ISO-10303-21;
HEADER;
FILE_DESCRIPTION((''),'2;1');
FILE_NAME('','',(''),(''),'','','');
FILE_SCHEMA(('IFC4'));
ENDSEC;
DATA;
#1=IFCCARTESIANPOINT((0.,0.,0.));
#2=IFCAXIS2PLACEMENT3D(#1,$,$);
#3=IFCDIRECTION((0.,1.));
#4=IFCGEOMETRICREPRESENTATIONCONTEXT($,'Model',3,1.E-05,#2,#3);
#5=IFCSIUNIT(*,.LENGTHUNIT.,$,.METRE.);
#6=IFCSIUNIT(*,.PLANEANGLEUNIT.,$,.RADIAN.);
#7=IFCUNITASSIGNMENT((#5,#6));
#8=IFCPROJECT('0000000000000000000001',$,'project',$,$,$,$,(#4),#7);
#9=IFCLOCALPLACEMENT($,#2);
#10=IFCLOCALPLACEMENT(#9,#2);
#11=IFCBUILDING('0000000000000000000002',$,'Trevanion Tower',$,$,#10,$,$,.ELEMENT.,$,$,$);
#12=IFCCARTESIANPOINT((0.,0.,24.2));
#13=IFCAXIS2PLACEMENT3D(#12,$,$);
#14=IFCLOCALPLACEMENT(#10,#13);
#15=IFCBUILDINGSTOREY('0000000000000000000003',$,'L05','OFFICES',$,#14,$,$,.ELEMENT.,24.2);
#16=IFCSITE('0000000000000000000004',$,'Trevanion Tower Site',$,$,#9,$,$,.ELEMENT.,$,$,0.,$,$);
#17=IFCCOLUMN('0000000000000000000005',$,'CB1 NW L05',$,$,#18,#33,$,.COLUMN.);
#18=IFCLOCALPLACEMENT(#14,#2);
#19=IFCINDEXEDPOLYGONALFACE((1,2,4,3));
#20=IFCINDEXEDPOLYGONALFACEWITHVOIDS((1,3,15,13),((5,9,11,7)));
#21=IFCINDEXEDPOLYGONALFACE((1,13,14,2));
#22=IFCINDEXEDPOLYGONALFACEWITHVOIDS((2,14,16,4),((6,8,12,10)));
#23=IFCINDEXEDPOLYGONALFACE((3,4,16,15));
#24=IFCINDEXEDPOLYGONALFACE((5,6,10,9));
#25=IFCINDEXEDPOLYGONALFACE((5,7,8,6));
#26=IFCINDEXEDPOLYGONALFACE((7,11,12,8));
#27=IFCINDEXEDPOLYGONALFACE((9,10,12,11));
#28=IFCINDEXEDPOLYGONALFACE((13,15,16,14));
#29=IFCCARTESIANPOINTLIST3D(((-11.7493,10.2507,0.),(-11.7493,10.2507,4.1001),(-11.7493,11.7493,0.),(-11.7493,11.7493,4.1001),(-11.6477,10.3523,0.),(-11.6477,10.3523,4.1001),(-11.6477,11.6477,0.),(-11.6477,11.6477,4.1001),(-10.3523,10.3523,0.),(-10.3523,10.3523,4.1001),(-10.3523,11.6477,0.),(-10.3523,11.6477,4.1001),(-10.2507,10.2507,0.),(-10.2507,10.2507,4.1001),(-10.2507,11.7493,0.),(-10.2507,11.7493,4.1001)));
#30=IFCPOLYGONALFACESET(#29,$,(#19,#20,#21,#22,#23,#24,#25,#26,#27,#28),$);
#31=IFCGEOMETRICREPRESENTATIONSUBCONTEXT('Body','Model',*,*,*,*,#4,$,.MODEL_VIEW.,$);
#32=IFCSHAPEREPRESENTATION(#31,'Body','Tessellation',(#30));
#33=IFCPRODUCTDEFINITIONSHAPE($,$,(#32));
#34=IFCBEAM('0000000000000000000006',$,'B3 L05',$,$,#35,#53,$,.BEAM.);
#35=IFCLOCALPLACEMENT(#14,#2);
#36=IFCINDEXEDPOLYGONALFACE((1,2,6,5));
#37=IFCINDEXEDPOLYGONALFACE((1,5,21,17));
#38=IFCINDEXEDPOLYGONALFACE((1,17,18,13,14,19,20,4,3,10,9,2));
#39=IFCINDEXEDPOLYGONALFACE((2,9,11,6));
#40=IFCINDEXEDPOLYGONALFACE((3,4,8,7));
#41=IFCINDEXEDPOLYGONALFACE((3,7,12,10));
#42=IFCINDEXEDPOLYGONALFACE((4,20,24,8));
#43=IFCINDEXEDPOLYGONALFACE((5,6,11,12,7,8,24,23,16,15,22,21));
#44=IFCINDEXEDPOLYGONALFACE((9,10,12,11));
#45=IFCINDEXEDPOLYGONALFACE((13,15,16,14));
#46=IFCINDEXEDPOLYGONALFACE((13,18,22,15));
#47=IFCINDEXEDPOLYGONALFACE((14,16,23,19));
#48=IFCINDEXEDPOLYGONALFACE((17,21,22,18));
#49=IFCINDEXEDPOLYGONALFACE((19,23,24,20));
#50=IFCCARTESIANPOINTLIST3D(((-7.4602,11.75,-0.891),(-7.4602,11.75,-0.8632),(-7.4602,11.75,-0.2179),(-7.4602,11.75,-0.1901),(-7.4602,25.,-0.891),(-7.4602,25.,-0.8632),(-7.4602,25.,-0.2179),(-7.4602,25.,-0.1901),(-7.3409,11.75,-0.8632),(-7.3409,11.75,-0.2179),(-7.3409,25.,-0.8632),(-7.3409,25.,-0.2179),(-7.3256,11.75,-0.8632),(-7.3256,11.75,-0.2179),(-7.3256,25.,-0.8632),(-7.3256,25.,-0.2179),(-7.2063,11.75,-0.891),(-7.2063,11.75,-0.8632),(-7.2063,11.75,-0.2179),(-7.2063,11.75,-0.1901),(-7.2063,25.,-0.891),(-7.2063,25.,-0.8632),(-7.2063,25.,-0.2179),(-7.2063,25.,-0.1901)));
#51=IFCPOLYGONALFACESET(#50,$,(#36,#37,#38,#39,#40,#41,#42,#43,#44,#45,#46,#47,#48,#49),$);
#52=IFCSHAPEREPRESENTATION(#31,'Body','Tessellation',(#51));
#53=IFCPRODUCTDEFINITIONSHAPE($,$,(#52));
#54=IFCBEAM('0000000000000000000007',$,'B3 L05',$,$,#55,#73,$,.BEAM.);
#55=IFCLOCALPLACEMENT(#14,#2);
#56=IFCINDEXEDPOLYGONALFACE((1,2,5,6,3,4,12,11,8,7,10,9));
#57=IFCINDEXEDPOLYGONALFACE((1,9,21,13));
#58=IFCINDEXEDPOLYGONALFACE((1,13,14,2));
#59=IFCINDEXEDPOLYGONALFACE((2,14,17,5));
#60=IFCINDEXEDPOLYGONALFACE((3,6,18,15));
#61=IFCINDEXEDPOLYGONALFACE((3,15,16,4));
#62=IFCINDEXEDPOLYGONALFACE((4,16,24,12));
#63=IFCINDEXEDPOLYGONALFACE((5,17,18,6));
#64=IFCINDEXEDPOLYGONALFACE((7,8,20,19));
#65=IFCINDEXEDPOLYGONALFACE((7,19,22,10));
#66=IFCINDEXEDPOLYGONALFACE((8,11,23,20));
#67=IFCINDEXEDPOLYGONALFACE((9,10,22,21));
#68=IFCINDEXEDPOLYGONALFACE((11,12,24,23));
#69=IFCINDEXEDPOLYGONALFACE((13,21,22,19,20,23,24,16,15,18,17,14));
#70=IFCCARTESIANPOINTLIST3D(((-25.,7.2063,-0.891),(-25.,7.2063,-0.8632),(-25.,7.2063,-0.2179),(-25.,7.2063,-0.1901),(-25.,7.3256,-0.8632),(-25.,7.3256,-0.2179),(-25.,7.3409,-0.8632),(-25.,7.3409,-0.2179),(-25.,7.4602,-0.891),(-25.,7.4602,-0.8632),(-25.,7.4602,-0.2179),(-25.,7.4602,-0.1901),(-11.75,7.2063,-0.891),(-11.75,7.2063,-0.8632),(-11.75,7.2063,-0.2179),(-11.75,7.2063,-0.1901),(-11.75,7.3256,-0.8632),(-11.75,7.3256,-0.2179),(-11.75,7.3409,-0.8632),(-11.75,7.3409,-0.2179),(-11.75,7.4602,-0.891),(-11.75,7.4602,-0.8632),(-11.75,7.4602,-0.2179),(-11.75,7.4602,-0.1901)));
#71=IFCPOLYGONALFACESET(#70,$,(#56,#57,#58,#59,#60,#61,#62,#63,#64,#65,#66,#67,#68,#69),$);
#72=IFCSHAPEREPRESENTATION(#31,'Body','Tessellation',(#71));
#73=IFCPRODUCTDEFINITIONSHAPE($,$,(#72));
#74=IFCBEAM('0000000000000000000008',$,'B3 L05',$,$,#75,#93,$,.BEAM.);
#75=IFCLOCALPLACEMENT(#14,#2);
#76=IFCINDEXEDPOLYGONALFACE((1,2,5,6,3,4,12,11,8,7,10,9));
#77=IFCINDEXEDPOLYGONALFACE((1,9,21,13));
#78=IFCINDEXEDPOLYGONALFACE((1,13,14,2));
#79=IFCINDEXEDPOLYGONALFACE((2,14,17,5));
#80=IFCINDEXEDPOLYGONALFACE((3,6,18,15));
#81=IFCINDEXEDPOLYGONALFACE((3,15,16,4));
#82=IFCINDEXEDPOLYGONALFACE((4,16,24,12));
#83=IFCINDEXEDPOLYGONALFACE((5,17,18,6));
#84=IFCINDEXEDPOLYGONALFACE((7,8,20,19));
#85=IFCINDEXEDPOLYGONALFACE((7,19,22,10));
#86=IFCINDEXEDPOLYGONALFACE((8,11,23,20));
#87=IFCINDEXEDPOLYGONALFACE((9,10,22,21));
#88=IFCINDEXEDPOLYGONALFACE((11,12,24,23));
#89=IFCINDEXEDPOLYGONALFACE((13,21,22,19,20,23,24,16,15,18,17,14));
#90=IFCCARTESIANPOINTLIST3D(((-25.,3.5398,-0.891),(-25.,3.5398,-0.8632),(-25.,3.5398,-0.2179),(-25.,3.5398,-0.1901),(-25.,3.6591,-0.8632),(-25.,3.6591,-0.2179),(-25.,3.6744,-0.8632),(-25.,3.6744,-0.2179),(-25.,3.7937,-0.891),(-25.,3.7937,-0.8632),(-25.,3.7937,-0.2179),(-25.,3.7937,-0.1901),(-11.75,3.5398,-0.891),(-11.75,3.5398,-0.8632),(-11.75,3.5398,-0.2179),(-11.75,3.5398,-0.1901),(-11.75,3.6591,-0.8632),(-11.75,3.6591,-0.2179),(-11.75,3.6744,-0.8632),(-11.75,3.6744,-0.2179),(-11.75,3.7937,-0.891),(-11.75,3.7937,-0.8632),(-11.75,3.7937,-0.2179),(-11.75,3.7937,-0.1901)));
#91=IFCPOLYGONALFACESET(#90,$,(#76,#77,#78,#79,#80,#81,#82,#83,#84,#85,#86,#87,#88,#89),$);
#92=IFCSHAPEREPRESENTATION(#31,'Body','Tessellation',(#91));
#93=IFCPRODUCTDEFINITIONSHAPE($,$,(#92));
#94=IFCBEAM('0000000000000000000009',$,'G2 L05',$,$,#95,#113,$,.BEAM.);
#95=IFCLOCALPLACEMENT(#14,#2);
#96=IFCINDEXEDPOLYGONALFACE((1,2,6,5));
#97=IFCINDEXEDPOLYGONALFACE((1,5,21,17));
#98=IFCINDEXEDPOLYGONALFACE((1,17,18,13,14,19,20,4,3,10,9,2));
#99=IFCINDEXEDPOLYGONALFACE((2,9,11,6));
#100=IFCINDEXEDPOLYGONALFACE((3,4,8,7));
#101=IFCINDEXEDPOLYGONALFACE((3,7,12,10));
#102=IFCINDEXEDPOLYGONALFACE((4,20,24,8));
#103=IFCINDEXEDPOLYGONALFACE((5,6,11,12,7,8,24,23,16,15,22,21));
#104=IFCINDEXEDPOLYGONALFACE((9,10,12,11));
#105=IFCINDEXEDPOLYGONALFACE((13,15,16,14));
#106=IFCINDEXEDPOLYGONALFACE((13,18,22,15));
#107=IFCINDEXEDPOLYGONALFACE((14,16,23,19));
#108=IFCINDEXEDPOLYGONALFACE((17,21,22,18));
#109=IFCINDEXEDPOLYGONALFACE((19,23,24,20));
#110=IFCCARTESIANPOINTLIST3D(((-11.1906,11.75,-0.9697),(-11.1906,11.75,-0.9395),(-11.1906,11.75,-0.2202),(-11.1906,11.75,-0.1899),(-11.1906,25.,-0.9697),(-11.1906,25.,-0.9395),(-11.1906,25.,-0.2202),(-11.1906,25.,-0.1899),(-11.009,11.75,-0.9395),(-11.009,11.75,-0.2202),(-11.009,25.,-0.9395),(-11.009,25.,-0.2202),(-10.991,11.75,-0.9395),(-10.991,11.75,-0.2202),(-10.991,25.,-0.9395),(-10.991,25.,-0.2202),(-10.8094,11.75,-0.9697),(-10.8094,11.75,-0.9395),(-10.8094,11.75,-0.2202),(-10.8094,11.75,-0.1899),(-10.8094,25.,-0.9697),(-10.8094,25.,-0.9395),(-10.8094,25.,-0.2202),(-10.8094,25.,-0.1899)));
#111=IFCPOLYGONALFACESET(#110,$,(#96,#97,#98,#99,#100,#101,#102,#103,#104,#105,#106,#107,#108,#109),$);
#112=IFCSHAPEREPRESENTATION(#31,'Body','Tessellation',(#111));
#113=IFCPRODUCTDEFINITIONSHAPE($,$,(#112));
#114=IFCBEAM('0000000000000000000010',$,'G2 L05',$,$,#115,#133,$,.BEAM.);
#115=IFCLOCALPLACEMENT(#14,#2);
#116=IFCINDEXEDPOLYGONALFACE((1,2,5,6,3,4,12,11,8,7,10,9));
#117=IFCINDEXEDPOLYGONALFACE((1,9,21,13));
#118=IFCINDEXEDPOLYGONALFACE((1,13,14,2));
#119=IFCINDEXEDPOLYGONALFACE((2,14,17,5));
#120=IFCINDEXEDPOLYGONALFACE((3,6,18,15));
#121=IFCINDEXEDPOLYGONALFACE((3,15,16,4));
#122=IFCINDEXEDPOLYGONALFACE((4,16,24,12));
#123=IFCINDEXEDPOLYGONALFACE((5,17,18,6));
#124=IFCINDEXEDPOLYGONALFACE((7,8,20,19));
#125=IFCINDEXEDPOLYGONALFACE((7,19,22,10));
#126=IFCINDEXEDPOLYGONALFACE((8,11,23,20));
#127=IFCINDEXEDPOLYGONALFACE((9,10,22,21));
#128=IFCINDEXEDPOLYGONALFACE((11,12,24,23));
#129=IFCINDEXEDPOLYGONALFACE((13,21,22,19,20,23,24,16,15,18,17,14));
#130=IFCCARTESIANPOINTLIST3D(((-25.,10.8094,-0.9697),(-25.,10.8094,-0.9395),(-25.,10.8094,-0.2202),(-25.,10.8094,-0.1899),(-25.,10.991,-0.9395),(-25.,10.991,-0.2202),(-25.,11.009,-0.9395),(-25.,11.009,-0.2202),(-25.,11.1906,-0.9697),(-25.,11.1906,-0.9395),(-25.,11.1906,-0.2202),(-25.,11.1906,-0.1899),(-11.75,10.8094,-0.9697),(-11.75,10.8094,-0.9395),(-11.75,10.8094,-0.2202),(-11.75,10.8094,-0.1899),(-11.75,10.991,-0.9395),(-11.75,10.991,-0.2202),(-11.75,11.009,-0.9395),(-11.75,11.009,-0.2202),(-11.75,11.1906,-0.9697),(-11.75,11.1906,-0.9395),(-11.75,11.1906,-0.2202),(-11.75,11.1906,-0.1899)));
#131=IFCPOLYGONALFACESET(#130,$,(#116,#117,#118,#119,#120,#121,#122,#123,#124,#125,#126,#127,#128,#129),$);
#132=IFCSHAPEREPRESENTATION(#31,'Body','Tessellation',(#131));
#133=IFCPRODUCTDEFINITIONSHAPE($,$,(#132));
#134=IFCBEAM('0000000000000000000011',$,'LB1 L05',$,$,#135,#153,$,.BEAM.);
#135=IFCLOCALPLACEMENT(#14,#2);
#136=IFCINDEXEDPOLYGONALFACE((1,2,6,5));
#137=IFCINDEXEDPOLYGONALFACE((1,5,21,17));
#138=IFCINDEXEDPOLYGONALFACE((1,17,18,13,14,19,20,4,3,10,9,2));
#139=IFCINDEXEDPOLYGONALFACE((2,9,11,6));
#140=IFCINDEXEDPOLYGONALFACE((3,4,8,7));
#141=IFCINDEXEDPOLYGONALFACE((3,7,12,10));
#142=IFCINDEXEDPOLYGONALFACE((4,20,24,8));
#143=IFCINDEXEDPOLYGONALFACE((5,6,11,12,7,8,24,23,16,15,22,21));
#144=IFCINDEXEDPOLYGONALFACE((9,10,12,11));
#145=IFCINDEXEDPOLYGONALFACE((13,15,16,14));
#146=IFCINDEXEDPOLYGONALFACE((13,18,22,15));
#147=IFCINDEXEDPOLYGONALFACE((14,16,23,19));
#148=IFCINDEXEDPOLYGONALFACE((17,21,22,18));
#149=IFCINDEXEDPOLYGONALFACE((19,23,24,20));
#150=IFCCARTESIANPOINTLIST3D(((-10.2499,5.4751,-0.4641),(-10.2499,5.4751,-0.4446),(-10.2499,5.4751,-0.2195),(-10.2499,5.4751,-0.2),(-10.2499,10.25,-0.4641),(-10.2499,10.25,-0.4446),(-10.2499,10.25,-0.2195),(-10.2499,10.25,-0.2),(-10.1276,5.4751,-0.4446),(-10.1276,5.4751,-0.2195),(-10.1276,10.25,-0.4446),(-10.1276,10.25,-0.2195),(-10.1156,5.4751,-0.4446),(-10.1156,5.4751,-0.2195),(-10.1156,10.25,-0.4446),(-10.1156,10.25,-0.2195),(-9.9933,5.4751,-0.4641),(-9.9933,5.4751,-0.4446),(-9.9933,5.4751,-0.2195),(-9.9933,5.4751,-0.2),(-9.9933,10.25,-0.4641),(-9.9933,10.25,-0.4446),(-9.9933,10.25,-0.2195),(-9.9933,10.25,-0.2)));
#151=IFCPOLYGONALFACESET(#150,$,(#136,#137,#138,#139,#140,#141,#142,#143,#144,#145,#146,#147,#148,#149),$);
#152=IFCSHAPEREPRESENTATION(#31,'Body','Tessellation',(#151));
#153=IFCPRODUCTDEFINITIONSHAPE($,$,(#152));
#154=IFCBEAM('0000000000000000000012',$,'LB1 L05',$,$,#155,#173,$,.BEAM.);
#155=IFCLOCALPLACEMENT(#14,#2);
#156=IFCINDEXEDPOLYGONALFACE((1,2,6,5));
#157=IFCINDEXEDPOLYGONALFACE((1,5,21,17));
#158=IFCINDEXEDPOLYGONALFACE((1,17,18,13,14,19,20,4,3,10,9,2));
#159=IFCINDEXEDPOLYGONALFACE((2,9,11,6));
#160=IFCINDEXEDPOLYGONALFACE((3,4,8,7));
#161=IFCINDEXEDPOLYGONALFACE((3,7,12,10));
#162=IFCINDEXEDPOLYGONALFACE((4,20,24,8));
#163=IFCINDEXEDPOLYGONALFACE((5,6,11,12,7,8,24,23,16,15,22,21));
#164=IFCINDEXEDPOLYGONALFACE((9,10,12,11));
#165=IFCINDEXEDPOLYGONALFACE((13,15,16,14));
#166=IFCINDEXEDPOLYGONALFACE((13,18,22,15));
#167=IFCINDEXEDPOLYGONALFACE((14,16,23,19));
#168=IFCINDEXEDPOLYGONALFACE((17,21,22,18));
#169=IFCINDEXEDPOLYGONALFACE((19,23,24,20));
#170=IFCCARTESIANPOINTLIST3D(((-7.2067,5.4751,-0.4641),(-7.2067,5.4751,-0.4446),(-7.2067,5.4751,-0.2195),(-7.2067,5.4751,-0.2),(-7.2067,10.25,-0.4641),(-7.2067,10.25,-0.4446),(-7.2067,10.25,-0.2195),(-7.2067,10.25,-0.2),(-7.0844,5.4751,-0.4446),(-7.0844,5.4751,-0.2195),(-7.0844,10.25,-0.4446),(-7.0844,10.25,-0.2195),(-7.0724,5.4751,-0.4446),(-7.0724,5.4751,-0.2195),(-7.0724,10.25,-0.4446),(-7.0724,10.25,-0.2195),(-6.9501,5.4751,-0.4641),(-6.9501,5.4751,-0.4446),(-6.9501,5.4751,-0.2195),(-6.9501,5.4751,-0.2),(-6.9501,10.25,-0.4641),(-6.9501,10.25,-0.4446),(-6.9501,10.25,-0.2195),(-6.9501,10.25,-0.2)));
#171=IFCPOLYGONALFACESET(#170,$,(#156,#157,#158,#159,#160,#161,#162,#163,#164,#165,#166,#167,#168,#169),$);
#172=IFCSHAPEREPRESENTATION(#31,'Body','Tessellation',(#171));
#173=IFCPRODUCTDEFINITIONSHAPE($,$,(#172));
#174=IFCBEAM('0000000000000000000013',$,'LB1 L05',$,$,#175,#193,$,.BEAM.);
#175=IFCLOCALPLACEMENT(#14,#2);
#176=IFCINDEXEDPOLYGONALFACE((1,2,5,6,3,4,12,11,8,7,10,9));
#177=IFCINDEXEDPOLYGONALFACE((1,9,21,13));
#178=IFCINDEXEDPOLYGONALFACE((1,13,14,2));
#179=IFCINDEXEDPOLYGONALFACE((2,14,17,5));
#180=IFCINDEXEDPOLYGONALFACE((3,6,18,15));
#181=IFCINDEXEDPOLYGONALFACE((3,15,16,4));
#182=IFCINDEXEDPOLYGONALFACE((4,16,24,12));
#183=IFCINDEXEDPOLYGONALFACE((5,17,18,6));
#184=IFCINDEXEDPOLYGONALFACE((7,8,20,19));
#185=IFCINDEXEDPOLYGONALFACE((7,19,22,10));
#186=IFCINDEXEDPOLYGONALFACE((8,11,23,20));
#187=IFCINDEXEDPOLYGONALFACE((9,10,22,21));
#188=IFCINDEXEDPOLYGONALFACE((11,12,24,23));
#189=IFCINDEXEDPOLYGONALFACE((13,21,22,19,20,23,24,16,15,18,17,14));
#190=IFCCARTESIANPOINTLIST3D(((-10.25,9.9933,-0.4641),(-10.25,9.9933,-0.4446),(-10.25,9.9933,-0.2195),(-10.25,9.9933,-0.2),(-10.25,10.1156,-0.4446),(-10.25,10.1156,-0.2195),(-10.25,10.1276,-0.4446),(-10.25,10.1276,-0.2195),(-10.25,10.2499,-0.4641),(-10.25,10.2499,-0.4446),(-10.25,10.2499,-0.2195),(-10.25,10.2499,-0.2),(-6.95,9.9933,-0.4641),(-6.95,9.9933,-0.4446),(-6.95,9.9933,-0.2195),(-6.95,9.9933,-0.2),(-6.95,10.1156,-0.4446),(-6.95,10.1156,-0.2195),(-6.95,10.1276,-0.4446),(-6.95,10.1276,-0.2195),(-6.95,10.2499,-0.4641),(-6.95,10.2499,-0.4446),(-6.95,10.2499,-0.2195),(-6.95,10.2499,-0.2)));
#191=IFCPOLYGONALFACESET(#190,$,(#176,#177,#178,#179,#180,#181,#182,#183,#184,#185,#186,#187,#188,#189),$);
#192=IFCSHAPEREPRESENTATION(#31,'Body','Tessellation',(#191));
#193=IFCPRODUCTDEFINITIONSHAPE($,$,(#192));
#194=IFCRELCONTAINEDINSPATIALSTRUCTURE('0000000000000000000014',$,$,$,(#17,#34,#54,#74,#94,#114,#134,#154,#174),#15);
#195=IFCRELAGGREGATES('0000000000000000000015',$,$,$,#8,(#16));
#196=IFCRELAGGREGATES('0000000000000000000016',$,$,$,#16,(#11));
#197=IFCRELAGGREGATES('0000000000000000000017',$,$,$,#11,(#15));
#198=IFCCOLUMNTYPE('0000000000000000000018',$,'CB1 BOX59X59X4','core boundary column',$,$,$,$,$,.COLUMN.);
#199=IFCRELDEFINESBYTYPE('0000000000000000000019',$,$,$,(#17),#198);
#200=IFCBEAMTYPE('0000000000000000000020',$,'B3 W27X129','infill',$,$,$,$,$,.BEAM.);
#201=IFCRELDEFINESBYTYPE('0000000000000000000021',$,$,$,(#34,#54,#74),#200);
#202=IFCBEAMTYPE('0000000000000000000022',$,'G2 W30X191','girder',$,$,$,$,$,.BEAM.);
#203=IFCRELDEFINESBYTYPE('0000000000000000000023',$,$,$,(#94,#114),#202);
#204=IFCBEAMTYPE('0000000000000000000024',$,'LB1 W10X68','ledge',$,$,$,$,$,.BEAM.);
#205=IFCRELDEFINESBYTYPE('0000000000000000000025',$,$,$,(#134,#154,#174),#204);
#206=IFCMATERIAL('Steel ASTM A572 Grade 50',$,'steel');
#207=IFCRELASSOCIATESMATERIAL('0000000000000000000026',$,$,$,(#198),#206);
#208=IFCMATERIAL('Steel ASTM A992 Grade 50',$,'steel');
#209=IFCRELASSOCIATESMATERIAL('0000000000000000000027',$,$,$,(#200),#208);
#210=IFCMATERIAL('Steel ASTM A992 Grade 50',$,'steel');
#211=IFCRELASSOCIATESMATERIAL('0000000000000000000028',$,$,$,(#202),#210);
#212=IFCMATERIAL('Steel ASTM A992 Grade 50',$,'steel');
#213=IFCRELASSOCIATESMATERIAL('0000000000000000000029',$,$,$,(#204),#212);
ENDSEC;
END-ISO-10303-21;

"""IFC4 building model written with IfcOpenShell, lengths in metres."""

from ifc_helpers import new_model, si_unit, direction, frame, origin, origin_2d, place, context, subcontext, project, spatial, hollow_rectangle, i_section, extrude, material, material_profile, profile_set, type_object, element, save


model = new_model("IFC4")

# Units and contexts
model_context = context("Model", 3, precision=1e-05, world=origin(), true_north=direction((0.0, 1.0)))
body_context = subcontext(model_context, "Body", "Model", "MODEL_VIEW")
ifc_project = project(units=[si_unit("LENGTHUNIT", "METRE"), si_unit("PLANEANGLEUNIT", "RADIAN")], contexts=[model_context])

# Site, building, storey
site_placement = place(None, origin())
site = spatial("IfcSite", under=ifc_project, at=site_placement, Name="Trevanion Tower Site", CompositionType="ELEMENT", RefElevation=0.0)
building_placement = place(site_placement, origin())
building = spatial("IfcBuilding", under=site, at=building_placement, Name="Trevanion Tower", CompositionType="ELEMENT")
storey_placement = place(building_placement, frame((0.0, 0.0, 24.2)))
storey = spatial("IfcBuildingStorey", under=building, at=storey_placement, Name="L05", Description="OFFICES", CompositionType="ELEMENT", Elevation=24.2)

# Column
ifc_material_1 = material(Name="Steel ASTM A572 Grade 50", Category="steel")
ifc_material_profile_1 = material_profile(ifc_material_1, hollow_rectangle(XDim=1.4985, YDim=1.4985, WallThickness=0.1016, at=origin_2d()), Name="BOX59X59X4")
ifc_profile_set_1 = profile_set([ifc_material_profile_1], Name="Steel ASTM A572 Grade 50")
column_type = type_object("IfcColumnType", Name="CB1 BOX59X59X4", Description="core boundary column", PredefinedType="COLUMN", material=ifc_profile_set_1)
column_placement = place(storey_placement, frame((-11.0, 11.0, 0.0), z_axis=(0.0, 0.0, 1.0), x_axis=(1.0, 0.0, 0.0)))
element("IfcColumn", 1, at=column_placement, inside=storey, type_object=column_type, Name="CB1 NW L05", PredefinedType="COLUMN", context=body_context, shape_type="SweptSolid", body=[
    extrude(hollow_rectangle(XDim=1.4985, YDim=1.4985, WallThickness=0.1016, at=origin_2d()), origin(), (0.0, 0.0, 1.0), 4.1001),
])

# Beams
ifc_material_2 = material(Name="Steel ASTM A992 Grade 50", Category="steel")
ifc_material_profile_2 = material_profile(ifc_material_2, i_section(OverallWidth=0.2539, OverallDepth=0.7009, WebThickness=0.0154, FlangeThickness=0.0278, at=origin_2d()), Name="W27X129")
ifc_profile_set_2 = profile_set([ifc_material_profile_2], Name="Steel ASTM A992 Grade 50")
beam_type_1 = type_object("IfcBeamType", Name="B3 W27X129", Description="infill", PredefinedType="BEAM", material=ifc_profile_set_2)
for number, where, z_axis, x_axis, name in (
    (2, (-7.3333, 11.75, -0.5405), (0.0, 1.0, 0.0), (-1.0, 0.0, 0.0), "B3 L05"),
    (3, (-11.75, 7.3333, -0.5405), (-1.0, 0.0, 0.0), (0.0, -1.0, 0.0), "B3 L05"),
    (4, (-11.75, 3.6667, -0.5405), (-1.0, 0.0, 0.0), (0.0, -1.0, 0.0), "B3 L05"),
):
    element("IfcBeam", number, at=place(storey_placement, frame(where, z_axis=z_axis, x_axis=x_axis)), inside=storey, type_object=beam_type_1, Name=name, PredefinedType="BEAM", context=body_context, shape_type="SweptSolid", body=[
        extrude(i_section(OverallWidth=0.2539, OverallDepth=0.7009, WebThickness=0.0154, FlangeThickness=0.0278, at=origin_2d()), origin(), (0.0, 0.0, 1.0), 13.25),
    ])
ifc_material_3 = material(Name="Steel ASTM A992 Grade 50", Category="steel")
ifc_material_profile_3 = material_profile(ifc_material_3, i_section(OverallWidth=0.3811, OverallDepth=0.7798, WebThickness=0.0181, FlangeThickness=0.0303, at=origin_2d()), Name="W30X191")
ifc_profile_set_3 = profile_set([ifc_material_profile_3], Name="Steel ASTM A992 Grade 50")
beam_type_2 = type_object("IfcBeamType", Name="G2 W30X191", Description="girder", PredefinedType="BEAM", material=ifc_profile_set_3)
for number, where, z_axis, x_axis, name in (
    (5, (-11.0, 11.75, -0.5798), (0.0, 1.0, 0.0), (-1.0, 0.0, 0.0), "G2 L05"),
    (6, (-11.75, 11.0, -0.5798), (-1.0, 0.0, 0.0), (0.0, -1.0, 0.0), "G2 L05"),
):
    element("IfcBeam", number, at=place(storey_placement, frame(where, z_axis=z_axis, x_axis=x_axis)), inside=storey, type_object=beam_type_2, Name=name, PredefinedType="BEAM", context=body_context, shape_type="SweptSolid", body=[
        extrude(i_section(OverallWidth=0.3811, OverallDepth=0.7798, WebThickness=0.0181, FlangeThickness=0.0303, at=origin_2d()), origin(), (0.0, 0.0, 1.0), 13.25),
    ])
ifc_material_4 = material(Name="Steel ASTM A992 Grade 50", Category="steel")
ifc_material_profile_4 = material_profile(ifc_material_4, i_section(OverallWidth=0.2566, OverallDepth=0.2642, WebThickness=0.012, FlangeThickness=0.0195, at=origin_2d()), Name="W10X68")
ifc_profile_set_4 = profile_set([ifc_material_profile_4], Name="Steel ASTM A992 Grade 50")
beam_type_3 = type_object("IfcBeamType", Name="LB1 W10X68", Description="ledge", PredefinedType="BEAM", material=ifc_profile_set_4)
for number, where, z_axis, x_axis, name in (
    (7, (-10.1216, 5.4751, -0.332), (0.0, 1.0, 0.0), (-1.0, 0.0, 0.0), "LB1 L05"),
    (8, (-7.0784, 5.4751, -0.332), (0.0, 1.0, 0.0), (-1.0, 0.0, 0.0), "LB1 L05"),
):
    element("IfcBeam", number, at=place(storey_placement, frame(where, z_axis=z_axis, x_axis=x_axis)), inside=storey, type_object=beam_type_3, Name=name, PredefinedType="BEAM", context=body_context, shape_type="SweptSolid", body=[
        extrude(i_section(OverallWidth=0.2566, OverallDepth=0.2642, WebThickness=0.012, FlangeThickness=0.0195, at=origin_2d()), origin(), (0.0, 0.0, 1.0), 4.7749),
    ])
beam_placement = place(storey_placement, frame((-10.25, 10.1216, -0.332), z_axis=(1.0, 0.0, 0.0), x_axis=(0.0, 1.0, 0.0)))
element("IfcBeam", 9, at=beam_placement, inside=storey, type_object=beam_type_3, Name="LB1 L05", PredefinedType="BEAM", context=body_context, shape_type="SweptSolid", body=[
    extrude(i_section(OverallWidth=0.2566, OverallDepth=0.2642, WebThickness=0.012, FlangeThickness=0.0195, at=origin_2d()), origin(), (0.0, 0.0, 1.0), 3.3),
])

save(model, "model.ifc")
